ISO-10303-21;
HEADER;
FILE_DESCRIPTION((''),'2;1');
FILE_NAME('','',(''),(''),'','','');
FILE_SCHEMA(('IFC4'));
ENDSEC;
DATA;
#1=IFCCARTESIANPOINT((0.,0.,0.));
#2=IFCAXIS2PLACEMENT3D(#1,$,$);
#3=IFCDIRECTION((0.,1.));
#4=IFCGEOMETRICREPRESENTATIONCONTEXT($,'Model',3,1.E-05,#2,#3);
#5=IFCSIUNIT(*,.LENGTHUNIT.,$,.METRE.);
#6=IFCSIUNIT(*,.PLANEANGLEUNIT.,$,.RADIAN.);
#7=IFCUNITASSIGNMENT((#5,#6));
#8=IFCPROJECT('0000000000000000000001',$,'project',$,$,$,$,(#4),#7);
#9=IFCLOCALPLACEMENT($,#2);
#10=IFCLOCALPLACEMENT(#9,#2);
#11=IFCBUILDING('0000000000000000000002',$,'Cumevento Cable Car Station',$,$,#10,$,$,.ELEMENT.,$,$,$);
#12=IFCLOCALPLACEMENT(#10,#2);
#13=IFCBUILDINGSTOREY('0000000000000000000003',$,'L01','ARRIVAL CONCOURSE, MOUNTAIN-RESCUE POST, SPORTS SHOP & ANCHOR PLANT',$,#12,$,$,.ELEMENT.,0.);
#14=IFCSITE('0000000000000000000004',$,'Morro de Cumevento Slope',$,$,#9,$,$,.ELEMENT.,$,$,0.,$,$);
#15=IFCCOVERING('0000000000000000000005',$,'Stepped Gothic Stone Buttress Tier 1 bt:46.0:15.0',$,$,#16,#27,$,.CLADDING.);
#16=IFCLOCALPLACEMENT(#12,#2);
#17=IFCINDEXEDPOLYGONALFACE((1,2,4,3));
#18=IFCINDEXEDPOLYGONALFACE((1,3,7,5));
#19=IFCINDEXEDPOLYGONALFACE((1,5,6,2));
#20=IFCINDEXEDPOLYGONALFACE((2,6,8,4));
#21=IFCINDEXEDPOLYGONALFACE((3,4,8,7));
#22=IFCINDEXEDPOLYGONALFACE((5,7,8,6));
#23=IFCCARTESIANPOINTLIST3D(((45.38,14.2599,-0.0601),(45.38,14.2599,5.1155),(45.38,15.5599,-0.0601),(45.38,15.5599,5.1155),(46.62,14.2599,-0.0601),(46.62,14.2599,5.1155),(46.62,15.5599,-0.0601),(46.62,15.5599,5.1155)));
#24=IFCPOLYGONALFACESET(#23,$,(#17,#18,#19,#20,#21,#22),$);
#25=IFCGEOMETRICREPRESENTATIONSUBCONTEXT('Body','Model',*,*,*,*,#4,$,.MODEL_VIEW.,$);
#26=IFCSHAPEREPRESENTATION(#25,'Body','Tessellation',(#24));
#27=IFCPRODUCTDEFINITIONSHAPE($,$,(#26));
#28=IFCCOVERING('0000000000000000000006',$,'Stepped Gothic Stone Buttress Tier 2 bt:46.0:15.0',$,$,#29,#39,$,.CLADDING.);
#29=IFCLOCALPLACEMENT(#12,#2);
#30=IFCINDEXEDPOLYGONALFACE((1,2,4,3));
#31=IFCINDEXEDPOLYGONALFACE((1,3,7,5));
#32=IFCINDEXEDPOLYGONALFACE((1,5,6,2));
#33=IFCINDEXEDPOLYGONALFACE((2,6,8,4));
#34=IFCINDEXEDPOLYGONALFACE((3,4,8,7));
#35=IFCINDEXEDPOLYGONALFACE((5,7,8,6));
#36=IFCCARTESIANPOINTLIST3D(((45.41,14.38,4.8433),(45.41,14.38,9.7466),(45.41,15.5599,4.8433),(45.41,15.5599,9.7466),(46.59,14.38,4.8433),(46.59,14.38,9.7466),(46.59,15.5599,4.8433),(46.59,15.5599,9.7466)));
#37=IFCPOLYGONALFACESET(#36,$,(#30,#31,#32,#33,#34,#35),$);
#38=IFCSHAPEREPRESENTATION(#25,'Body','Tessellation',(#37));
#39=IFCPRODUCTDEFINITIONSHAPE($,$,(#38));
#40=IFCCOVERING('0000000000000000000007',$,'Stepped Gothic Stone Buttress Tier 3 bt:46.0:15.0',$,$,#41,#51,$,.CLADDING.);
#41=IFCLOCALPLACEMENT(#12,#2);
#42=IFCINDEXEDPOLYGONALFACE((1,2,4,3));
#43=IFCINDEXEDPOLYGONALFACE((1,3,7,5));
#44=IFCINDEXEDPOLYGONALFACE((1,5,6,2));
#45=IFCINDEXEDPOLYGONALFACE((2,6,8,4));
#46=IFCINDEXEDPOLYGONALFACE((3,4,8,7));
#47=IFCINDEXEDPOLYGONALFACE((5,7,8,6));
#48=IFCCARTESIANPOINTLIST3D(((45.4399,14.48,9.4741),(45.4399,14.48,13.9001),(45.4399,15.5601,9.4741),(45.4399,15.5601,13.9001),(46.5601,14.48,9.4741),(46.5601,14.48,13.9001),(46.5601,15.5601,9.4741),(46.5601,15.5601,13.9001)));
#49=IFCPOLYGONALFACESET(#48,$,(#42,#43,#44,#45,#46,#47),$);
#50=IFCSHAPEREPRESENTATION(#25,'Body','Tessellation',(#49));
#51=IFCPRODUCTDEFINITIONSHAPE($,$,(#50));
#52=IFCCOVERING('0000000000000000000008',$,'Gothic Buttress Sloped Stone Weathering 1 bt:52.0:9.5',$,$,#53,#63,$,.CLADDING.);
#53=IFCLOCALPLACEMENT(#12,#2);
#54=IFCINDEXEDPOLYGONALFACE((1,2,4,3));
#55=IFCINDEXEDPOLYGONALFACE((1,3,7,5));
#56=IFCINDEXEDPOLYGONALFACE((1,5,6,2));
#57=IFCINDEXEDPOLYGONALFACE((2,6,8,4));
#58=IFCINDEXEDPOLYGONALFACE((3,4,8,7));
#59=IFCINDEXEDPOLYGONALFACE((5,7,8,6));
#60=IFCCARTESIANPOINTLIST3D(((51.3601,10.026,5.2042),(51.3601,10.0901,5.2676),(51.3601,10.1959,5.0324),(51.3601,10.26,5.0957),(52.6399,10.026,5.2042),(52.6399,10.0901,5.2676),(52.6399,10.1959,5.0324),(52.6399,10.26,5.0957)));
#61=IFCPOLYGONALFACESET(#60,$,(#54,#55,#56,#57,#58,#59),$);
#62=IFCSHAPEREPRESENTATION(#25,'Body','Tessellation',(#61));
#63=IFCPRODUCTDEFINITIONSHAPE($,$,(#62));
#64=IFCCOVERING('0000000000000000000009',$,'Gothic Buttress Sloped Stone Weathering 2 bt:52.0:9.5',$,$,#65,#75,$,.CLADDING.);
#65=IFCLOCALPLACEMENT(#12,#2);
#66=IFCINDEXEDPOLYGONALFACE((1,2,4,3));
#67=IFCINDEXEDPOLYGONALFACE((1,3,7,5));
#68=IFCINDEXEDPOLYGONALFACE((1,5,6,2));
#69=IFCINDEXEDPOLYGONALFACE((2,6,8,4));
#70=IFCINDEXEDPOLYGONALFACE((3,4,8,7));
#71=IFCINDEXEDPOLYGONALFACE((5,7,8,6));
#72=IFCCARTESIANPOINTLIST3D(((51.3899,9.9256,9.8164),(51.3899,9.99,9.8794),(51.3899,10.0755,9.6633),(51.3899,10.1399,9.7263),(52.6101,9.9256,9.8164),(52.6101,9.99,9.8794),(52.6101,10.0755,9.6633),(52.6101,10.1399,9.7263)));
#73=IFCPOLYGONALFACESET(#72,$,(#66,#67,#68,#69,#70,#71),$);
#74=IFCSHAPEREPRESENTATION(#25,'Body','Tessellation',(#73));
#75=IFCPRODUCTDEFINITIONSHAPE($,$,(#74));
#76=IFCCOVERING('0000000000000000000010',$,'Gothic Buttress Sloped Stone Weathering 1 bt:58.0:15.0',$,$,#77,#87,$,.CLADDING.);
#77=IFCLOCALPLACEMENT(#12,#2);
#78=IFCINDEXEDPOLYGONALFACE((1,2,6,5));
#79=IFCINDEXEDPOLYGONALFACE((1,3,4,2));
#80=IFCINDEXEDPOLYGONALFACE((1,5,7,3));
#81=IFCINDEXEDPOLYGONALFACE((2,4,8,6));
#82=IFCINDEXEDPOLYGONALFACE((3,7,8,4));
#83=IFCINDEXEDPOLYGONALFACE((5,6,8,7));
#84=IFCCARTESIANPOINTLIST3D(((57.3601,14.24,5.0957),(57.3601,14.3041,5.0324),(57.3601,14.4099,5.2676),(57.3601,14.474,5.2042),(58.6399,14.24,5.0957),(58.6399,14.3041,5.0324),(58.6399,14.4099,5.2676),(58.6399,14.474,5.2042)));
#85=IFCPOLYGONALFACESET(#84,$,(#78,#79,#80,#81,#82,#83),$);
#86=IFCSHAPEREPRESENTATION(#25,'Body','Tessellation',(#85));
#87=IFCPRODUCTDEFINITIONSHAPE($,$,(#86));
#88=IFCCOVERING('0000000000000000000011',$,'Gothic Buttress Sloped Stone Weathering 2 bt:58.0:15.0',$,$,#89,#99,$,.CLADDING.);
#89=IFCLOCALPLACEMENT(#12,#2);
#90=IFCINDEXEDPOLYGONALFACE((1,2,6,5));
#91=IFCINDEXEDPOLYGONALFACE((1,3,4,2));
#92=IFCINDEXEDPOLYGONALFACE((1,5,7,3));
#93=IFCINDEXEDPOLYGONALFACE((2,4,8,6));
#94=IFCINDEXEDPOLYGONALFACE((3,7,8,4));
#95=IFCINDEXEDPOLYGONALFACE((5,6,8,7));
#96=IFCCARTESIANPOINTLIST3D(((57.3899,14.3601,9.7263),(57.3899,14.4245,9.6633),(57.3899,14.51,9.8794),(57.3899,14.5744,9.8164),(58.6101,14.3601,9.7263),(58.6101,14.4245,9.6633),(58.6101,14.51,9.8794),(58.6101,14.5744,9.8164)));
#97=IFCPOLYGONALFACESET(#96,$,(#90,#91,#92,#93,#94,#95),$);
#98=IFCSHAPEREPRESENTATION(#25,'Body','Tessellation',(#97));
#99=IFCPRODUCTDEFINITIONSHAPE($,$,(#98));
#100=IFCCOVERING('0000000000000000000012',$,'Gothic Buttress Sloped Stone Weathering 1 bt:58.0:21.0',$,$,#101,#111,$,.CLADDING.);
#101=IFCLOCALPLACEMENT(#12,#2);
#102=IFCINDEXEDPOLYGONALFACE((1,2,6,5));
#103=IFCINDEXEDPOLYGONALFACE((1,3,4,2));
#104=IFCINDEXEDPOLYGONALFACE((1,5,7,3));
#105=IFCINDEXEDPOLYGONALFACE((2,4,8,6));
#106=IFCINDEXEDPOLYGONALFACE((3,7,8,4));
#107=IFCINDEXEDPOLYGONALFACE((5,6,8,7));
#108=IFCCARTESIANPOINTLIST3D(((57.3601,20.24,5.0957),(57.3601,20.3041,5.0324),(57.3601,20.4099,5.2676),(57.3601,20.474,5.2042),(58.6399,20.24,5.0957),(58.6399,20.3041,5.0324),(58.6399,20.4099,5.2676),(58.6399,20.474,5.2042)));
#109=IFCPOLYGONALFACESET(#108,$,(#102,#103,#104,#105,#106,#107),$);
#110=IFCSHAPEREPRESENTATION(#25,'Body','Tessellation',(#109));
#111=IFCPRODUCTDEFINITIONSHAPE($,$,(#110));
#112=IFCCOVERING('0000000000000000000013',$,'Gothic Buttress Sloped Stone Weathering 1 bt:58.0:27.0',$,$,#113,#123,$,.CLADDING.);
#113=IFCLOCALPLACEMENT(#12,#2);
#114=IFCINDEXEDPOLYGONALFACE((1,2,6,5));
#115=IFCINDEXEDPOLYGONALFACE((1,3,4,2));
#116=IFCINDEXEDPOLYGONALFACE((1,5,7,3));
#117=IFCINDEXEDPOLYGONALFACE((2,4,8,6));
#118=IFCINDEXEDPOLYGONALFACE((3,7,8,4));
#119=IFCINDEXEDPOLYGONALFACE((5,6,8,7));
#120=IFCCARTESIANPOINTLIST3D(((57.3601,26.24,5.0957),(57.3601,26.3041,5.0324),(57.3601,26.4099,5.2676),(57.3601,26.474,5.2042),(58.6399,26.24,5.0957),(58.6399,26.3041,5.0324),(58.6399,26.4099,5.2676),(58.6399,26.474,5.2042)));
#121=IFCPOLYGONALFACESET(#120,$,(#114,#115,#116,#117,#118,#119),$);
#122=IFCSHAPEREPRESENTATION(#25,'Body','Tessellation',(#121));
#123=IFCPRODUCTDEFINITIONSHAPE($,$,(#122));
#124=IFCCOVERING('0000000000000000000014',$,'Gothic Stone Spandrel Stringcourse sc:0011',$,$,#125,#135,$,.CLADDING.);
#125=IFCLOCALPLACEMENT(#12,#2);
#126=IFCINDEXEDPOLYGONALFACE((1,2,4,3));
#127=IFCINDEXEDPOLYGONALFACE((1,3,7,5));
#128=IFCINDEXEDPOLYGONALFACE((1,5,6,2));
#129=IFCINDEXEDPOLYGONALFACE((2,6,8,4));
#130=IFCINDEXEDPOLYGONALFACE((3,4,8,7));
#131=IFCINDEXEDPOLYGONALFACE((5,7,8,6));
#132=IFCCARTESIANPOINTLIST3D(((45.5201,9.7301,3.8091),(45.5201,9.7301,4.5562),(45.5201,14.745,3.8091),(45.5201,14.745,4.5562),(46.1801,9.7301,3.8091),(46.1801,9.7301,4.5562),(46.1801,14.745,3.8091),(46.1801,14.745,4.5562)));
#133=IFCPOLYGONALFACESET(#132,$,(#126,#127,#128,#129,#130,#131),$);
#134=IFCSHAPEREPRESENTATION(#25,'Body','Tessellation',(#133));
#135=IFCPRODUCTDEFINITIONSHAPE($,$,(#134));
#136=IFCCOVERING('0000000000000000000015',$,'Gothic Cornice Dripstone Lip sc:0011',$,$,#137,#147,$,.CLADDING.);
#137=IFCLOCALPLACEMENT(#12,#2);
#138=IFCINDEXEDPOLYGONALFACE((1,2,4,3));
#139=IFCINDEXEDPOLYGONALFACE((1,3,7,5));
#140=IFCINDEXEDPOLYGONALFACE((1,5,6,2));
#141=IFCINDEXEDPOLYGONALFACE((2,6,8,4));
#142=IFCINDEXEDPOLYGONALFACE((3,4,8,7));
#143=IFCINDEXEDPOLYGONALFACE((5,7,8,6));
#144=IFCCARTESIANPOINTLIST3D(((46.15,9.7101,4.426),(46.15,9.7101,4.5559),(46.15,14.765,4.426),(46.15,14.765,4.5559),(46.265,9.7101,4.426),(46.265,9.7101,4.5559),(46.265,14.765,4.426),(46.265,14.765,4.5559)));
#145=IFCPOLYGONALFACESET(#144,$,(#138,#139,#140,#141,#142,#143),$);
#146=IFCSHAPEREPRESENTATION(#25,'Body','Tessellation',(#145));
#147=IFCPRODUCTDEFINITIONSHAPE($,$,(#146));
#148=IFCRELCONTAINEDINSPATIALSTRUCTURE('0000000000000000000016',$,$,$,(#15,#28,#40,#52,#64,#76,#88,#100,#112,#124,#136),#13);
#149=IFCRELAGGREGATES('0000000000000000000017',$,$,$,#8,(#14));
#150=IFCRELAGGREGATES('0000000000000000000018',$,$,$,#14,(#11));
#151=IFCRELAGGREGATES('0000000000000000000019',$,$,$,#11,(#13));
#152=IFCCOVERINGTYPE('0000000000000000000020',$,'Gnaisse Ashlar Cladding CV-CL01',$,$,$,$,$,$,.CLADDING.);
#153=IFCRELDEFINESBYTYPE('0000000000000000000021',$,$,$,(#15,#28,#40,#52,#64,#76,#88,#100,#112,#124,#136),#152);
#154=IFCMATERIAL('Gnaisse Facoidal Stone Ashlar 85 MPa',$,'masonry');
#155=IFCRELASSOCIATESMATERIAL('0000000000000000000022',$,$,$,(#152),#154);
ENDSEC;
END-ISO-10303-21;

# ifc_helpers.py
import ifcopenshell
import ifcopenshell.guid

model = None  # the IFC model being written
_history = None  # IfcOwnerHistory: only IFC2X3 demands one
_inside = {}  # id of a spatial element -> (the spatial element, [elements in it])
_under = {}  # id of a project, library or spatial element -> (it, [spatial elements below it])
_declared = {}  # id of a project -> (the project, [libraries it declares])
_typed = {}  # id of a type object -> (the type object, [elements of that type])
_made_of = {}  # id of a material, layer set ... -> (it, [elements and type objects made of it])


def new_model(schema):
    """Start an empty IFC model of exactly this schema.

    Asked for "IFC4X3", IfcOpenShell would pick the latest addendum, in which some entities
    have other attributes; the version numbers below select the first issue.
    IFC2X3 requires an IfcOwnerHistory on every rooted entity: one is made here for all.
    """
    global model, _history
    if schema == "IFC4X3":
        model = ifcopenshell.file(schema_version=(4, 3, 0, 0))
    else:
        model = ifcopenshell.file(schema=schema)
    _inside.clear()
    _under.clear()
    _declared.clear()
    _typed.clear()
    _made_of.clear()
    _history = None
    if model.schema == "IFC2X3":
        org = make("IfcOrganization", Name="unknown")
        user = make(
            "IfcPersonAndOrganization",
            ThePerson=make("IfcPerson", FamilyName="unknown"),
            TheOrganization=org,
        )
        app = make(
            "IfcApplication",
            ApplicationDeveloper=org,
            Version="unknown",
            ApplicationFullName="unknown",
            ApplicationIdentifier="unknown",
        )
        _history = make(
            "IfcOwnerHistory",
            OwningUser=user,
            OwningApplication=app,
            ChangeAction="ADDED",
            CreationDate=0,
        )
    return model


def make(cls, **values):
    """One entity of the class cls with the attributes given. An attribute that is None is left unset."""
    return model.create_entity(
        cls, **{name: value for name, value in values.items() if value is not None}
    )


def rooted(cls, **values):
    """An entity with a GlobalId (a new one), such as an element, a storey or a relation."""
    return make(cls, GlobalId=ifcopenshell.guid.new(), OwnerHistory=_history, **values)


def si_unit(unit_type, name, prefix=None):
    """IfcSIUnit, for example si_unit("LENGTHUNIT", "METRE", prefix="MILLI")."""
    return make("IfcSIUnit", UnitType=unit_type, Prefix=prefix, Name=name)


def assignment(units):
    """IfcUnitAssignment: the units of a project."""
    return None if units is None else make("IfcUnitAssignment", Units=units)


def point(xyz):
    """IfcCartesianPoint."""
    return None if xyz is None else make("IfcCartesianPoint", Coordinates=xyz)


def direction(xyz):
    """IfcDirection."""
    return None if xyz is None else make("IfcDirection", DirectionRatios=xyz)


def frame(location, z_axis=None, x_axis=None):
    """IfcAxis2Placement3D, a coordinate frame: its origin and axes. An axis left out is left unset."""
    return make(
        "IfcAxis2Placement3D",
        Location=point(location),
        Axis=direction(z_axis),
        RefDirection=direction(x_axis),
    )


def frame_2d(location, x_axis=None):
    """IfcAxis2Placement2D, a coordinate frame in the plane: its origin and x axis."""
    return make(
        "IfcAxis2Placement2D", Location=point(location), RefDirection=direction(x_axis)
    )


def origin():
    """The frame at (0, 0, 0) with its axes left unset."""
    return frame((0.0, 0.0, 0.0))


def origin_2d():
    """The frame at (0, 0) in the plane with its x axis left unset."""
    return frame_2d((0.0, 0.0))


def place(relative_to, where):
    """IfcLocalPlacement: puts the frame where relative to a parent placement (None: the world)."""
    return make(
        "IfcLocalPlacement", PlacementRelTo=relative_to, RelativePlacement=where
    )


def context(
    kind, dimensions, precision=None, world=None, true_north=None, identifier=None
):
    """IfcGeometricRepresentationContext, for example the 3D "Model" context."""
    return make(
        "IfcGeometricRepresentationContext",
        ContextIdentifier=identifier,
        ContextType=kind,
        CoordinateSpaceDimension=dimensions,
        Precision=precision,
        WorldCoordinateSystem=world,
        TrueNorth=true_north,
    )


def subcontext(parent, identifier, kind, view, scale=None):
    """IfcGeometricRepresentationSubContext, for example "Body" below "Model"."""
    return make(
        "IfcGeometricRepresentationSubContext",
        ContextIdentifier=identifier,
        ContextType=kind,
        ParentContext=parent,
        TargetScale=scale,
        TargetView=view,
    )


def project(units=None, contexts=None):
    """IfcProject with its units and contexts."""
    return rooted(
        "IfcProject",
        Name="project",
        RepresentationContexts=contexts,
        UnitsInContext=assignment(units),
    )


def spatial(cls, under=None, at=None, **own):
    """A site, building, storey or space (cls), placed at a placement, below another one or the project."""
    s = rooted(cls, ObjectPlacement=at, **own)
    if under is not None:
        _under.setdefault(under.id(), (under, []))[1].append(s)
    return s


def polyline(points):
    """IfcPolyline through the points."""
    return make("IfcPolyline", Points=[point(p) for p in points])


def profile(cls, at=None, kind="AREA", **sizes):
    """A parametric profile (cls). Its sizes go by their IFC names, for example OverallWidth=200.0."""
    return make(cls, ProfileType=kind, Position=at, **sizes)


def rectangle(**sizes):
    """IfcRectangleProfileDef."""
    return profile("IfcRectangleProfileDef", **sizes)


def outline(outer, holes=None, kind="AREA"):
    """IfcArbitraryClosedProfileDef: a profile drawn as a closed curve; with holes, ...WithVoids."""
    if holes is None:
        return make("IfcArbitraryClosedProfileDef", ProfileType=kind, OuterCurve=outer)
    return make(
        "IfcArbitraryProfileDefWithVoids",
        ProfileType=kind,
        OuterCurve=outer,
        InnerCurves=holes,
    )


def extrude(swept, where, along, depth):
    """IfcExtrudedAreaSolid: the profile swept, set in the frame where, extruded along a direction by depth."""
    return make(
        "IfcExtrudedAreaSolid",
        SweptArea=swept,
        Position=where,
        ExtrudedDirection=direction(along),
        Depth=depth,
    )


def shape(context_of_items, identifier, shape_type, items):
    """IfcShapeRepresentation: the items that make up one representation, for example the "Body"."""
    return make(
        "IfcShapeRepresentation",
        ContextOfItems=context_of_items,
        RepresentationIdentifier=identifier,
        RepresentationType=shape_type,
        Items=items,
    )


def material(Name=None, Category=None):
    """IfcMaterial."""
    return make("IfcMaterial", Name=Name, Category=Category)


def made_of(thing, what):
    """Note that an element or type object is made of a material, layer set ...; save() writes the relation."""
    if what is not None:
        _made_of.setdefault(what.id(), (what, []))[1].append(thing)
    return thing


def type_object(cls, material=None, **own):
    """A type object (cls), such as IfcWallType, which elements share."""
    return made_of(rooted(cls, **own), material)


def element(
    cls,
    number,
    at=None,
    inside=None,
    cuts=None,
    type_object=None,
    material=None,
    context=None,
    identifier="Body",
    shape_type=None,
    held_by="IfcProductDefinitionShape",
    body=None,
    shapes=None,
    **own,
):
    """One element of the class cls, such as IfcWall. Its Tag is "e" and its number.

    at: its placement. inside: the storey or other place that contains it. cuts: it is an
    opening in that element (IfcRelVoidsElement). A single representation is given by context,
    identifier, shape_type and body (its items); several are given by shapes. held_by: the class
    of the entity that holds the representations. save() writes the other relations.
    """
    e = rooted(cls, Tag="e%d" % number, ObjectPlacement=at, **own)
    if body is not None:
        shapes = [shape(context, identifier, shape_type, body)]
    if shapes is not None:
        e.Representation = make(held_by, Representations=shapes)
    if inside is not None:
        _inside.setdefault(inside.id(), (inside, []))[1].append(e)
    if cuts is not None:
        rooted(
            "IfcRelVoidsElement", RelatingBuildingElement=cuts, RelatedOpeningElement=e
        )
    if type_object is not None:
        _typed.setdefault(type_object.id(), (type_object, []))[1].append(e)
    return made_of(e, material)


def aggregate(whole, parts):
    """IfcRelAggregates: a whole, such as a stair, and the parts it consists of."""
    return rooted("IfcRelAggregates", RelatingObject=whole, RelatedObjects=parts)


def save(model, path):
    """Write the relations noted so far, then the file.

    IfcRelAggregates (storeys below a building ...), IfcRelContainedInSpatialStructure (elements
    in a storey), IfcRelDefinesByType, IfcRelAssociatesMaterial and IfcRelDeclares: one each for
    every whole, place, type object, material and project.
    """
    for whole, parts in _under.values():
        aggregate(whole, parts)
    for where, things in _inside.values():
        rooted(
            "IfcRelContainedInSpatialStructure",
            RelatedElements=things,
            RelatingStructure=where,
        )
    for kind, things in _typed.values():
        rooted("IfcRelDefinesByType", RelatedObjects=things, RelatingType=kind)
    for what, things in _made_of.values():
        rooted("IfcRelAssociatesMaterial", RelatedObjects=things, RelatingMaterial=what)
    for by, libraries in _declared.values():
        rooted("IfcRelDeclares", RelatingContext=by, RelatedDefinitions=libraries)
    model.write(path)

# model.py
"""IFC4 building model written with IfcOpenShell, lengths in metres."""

from ifc_helpers import new_model, si_unit, direction, frame, origin, origin_2d, place, context, subcontext, project, spatial, polyline, rectangle, outline, extrude, material, type_object, element, save


model = new_model("IFC4")

# Units and contexts
model_context = context("Model", 3, precision=1e-05, world=origin(), true_north=direction((0.0, 1.0)))
body_context = subcontext(model_context, "Body", "Model", "MODEL_VIEW")
ifc_project = project(units=[si_unit("LENGTHUNIT", "METRE"), si_unit("PLANEANGLEUNIT", "RADIAN")], contexts=[model_context])

# Site, building, storey
site_placement = place(None, origin())
site = spatial("IfcSite", under=ifc_project, at=site_placement, Name="Morro de Cumevento Slope", CompositionType="ELEMENT", RefElevation=0.0)
building_placement = place(site_placement, origin())
building = spatial("IfcBuilding", under=site, at=building_placement, Name="Cumevento Cable Car Station", CompositionType="ELEMENT")
storey_placement = place(building_placement, origin())
storey = spatial("IfcBuildingStorey", under=building, at=storey_placement, Name="L01", Description="ARRIVAL CONCOURSE, MOUNTAIN-RESCUE POST, SPORTS SHOP & ANCHOR PLANT", CompositionType="ELEMENT", Elevation=0.0)

# Coverings
ifc_material_1 = material(Name="Gnaisse Facoidal Stone Ashlar 85 MPa", Category="masonry")
covering_type = type_object("IfcCoveringType", Name="Gnaisse Ashlar Cladding CV-CL01", PredefinedType="CLADDING", material=ifc_material_1)
covering_1_placement = place(storey_placement, frame((46.0, 14.9099, -0.0601), z_axis=(0.0, 0.0, 1.0), x_axis=(1.0, 0.0, 0.0)))
element("IfcCovering", 1, at=covering_1_placement, inside=storey, type_object=covering_type, Name="Stepped Gothic Stone Buttress Tier 1 bt:46.0:15.0", PredefinedType="CLADDING", context=body_context, shape_type="SweptSolid", body=[
    extrude(rectangle(XDim=1.24, YDim=1.3, at=origin_2d()), origin(), (0.0, 0.0, 1.0), 5.1755),
])
covering_2_placement = place(storey_placement, frame((46.0, 14.97, 4.8433), z_axis=(0.0, 0.0, 1.0), x_axis=(1.0, 0.0, 0.0)))
element("IfcCovering", 2, at=covering_2_placement, inside=storey, type_object=covering_type, Name="Stepped Gothic Stone Buttress Tier 2 bt:46.0:15.0", PredefinedType="CLADDING", context=body_context, shape_type="SweptSolid", body=[
    extrude(rectangle(XDim=1.1799, YDim=1.1799, at=origin_2d()), origin(), (0.0, 0.0, 1.0), 4.9033),
])
covering_3_placement = place(storey_placement, frame((46.0, 15.02, 9.4741), z_axis=(0.0, 0.0, 1.0), x_axis=(1.0, 0.0, 0.0)))
element("IfcCovering", 3, at=covering_3_placement, inside=storey, type_object=covering_type, Name="Stepped Gothic Stone Buttress Tier 3 bt:46.0:15.0", PredefinedType="CLADDING", context=body_context, shape_type="SweptSolid", body=[
    extrude(rectangle(XDim=1.1201, YDim=1.0801, at=origin_2d()), origin(), (0.0, 0.0, 1.0), 4.426),
])
covering_4_placement = place(storey_placement, frame((52.6399, 10.26, 5.0957), z_axis=(0.0, 0.711136, 0.703055), x_axis=(-1.0, 0.0, 0.0)))
element("IfcCovering", 4, at=covering_4_placement, inside=storey, type_object=covering_type, Name="Gothic Buttress Sloped Stone Weathering 1 bt:52.0:9.5", PredefinedType="CLADDING", context=body_context, shape_type="SweptSolid", body=[
    extrude(outline(polyline([(0.0, 0.0), (1.2798, 0.0), (1.2798, 0.2417), (0.0, 0.2417), (0.0, 0.0)])), origin(), (0.0, 0.0, -1.0), 0.0901),
])
covering_5_placement = place(storey_placement, frame((52.6101, 10.1399, 9.7263), z_axis=(0.0, 0.714475, 0.699661), x_axis=(-1.0, 0.0, 0.0)))
element("IfcCovering", 5, at=covering_5_placement, inside=storey, type_object=covering_type, Name="Gothic Buttress Sloped Stone Weathering 2 bt:52.0:9.5", PredefinedType="CLADDING", context=body_context, shape_type="SweptSolid", body=[
    extrude(outline(polyline([(0.0, 0.0), (1.2202, 0.0), (1.2202, 0.2142), (0.0, 0.2142), (0.0, 0.0)])), origin(), (0.0, 0.0, -1.0), 0.0901),
])
covering_6_placement = place(storey_placement, frame((57.3601, 14.24, 5.0957), z_axis=(0.0, -0.711136, 0.703055), x_axis=(1.0, 0.0, 0.0)))
element("IfcCovering", 6, at=covering_6_placement, inside=storey, type_object=covering_type, Name="Gothic Buttress Sloped Stone Weathering 1 bt:58.0:15.0", PredefinedType="CLADDING", context=body_context, shape_type="SweptSolid", body=[
    extrude(outline(polyline([(0.0, 0.0), (1.2798, 0.0), (1.2798, 0.2417), (0.0, 0.2417), (0.0, 0.0)])), origin(), (0.0, 0.0, -1.0), 0.0901),
])
covering_7_placement = place(storey_placement, frame((57.3899, 14.3601, 9.7263), z_axis=(0.0, -0.714475, 0.699661), x_axis=(1.0, 0.0, 0.0)))
element("IfcCovering", 7, at=covering_7_placement, inside=storey, type_object=covering_type, Name="Gothic Buttress Sloped Stone Weathering 2 bt:58.0:15.0", PredefinedType="CLADDING", context=body_context, shape_type="SweptSolid", body=[
    extrude(outline(polyline([(0.0, 0.0), (1.2202, 0.0), (1.2202, 0.2142), (0.0, 0.2142), (0.0, 0.0)])), origin(), (0.0, 0.0, -1.0), 0.0901),
])
for number, where, z_axis, x_axis, name in (
    (8, (57.3601, 20.24, 5.0957), (0.0, -0.711136, 0.703055), (1.0, 0.0, 0.0), "Gothic Buttress Sloped Stone Weathering 1 bt:58.0:21.0"),
    (9, (57.3601, 26.24, 5.0957), (0.0, -0.711136, 0.703055), (1.0, 0.0, 0.0), "Gothic Buttress Sloped Stone Weathering 1 bt:58.0:27.0"),
):
    element("IfcCovering", number, at=place(storey_placement, frame(where, z_axis=z_axis, x_axis=x_axis)), inside=storey, type_object=covering_type, Name=name, PredefinedType="CLADDING", context=body_context, shape_type="SweptSolid", body=[
        extrude(outline(polyline([(0.0, 0.0), (1.2798, 0.0), (1.2798, 0.2417), (0.0, 0.2417), (0.0, 0.0)])), origin(), (0.0, 0.0, -1.0), 0.0901),
    ])
covering_8_placement = place(storey_placement, frame((45.8501, 12.2375, 3.8091), z_axis=(0.0, 0.0, 1.0), x_axis=(0.0, -1.0, 0.0)))
element("IfcCovering", 10, at=covering_8_placement, inside=storey, type_object=covering_type, Name="Gothic Stone Spandrel Stringcourse sc:0011", PredefinedType="CLADDING", context=body_context, shape_type="SweptSolid", body=[
    extrude(rectangle(XDim=5.0149, YDim=0.6599, at=origin_2d()), origin(), (0.0, 0.0, 1.0), 0.7471),
])
covering_9_placement = place(storey_placement, frame((46.2075, 12.2375, 4.426), z_axis=(0.0, 0.0, 1.0), x_axis=(0.0, -1.0, 0.0)))
element("IfcCovering", 11, at=covering_9_placement, inside=storey, type_object=covering_type, Name="Gothic Cornice Dripstone Lip sc:0011", PredefinedType="CLADDING", context=body_context, shape_type="SweptSolid", body=[
    extrude(rectangle(XDim=5.0549, YDim=0.115, at=origin_2d()), origin(), (0.0, 0.0, 1.0), 0.1299),
])

save(model, "model.ifc")
